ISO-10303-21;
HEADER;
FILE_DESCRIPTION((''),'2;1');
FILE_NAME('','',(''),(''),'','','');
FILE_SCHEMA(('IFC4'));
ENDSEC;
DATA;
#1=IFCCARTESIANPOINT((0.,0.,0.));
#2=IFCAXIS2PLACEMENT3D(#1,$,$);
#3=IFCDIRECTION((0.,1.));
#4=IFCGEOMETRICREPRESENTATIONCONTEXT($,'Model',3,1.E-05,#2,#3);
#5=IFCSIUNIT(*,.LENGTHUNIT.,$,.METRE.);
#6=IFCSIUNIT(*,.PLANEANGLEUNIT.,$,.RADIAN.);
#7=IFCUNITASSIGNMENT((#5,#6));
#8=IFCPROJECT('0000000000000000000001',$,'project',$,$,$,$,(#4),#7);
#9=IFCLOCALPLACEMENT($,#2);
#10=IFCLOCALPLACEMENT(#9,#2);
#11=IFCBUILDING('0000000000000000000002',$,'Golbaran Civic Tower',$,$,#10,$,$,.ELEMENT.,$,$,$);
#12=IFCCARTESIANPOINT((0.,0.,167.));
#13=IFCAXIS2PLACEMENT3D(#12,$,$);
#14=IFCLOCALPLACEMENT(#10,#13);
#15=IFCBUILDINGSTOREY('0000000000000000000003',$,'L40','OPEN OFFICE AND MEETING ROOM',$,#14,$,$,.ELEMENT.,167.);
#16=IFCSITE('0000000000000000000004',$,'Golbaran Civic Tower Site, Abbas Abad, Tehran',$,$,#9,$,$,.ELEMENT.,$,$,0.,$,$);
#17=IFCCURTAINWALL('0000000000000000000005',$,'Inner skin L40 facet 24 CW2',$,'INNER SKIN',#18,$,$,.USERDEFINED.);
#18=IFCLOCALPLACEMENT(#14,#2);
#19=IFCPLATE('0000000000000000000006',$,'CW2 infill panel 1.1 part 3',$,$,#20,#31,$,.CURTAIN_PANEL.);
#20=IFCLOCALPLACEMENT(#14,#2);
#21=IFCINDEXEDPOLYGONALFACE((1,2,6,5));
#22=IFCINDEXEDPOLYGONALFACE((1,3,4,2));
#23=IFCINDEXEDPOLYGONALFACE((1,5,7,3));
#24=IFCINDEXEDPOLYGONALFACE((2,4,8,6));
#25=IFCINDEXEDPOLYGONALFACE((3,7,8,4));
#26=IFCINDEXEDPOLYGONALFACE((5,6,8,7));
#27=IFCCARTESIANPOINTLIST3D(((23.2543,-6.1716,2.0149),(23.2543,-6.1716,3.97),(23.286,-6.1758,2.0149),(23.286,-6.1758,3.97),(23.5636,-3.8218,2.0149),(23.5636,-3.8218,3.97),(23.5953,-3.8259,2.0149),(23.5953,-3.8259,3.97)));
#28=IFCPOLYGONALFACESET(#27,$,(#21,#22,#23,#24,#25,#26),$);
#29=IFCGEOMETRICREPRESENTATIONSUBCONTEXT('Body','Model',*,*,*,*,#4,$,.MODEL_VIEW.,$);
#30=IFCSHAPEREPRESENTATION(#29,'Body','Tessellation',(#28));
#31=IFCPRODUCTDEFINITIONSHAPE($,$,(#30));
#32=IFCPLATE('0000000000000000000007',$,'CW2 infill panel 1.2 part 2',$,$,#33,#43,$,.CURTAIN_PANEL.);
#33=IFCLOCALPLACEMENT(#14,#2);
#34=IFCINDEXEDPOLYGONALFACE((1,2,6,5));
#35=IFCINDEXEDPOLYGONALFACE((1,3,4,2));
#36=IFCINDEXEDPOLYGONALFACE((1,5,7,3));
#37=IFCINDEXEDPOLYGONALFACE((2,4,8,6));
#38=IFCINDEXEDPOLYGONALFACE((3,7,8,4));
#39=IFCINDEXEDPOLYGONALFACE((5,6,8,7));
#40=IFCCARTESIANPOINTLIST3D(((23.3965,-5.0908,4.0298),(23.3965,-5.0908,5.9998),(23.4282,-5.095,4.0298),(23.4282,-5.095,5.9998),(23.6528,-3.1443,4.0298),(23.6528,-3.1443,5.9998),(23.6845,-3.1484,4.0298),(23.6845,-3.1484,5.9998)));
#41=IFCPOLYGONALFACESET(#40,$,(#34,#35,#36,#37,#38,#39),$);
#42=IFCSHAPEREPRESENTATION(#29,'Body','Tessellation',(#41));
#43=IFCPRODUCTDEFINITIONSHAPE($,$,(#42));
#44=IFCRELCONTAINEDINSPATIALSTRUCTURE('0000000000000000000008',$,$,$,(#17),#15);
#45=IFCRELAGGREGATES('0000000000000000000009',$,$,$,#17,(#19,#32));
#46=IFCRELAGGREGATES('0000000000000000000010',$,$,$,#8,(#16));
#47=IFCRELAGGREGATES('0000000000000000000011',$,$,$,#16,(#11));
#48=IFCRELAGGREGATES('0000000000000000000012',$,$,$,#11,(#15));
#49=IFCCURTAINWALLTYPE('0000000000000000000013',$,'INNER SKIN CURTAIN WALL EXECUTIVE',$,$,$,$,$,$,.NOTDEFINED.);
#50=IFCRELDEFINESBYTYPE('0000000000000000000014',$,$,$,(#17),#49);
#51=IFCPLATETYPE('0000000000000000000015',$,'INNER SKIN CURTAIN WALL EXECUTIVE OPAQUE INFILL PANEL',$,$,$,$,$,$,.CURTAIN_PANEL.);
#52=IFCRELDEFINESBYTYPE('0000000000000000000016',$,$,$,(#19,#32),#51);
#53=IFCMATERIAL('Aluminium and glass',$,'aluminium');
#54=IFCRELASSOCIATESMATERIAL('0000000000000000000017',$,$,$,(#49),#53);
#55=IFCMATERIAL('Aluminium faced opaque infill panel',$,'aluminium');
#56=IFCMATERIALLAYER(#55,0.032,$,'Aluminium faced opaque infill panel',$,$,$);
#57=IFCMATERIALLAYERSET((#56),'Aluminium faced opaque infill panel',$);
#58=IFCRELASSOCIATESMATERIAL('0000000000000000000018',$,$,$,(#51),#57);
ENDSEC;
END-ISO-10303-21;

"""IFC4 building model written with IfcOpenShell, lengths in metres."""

from ifc_helpers import new_model, si_unit, direction, frame, origin, origin_2d, place, context, subcontext, project, spatial, rectangle, extrude, material, layer, layer_set, type_object, element, aggregate, save


model = new_model("IFC4")

# Units and contexts
model_context = context("Model", 3, precision=1e-05, world=origin(), true_north=direction((0.0, 1.0)))
body_context = subcontext(model_context, "Body", "Model", "MODEL_VIEW")
ifc_project = project(units=[si_unit("LENGTHUNIT", "METRE"), si_unit("PLANEANGLEUNIT", "RADIAN")], contexts=[model_context])

# Site, building, storey
site_placement = place(None, origin())
site = spatial("IfcSite", under=ifc_project, at=site_placement, Name="Golbaran Civic Tower Site, Abbas Abad, Tehran", CompositionType="ELEMENT", RefElevation=0.0)
building_placement = place(site_placement, origin())
building = spatial("IfcBuilding", under=site, at=building_placement, Name="Golbaran Civic Tower", CompositionType="ELEMENT")
storey_placement = place(building_placement, frame((0.0, 0.0, 167.0)))
storey = spatial("IfcBuildingStorey", under=building, at=storey_placement, Name="L40", Description="OPEN OFFICE AND MEETING ROOM", CompositionType="ELEMENT", Elevation=167.0)

# Shared definitions
ifc_material_1 = material(Name="Aluminium and glass", Category="aluminium")
curtain_wall_type = type_object("IfcCurtainWallType", Name="INNER SKIN CURTAIN WALL EXECUTIVE", PredefinedType="NOTDEFINED", material=ifc_material_1)

# Curtain wall
curtain_wall_1_placement = place(storey_placement, origin())
curtain_wall_1 = element("IfcCurtainWall", 1, at=curtain_wall_1_placement, inside=storey, type_object=curtain_wall_type, Name="Inner skin L40 facet 24 CW2", ObjectType="INNER SKIN", PredefinedType="USERDEFINED")

# Plates
ifc_material_2 = material(Name="Aluminium faced opaque infill panel", Category="aluminium")
ifc_layer_1 = layer(ifc_material_2, 0.032, Name="Aluminium faced opaque infill panel")
ifc_layer_set_1 = layer_set([ifc_layer_1], Name="Aluminium faced opaque infill panel")
plate_type_1 = type_object("IfcPlateType", Name="INNER SKIN CURTAIN WALL EXECUTIVE OPAQUE INFILL PANEL", PredefinedType="CURTAIN_PANEL", material=ifc_layer_set_1)
plate_1_placement = place(storey_placement, frame((23.4248, -4.9988, 2.0149), z_axis=(0.0, 0.0, 1.0), x_axis=(0.130526, 0.991445, 0.0)))
plate_1 = element("IfcPlate", 2, at=plate_1_placement, type_object=plate_type_1, Name="CW2 infill panel 1.1 part 3", PredefinedType="CURTAIN_PANEL", context=body_context, shape_type="SweptSolid", body=[
    extrude(rectangle(XDim=2.3701, YDim=0.032, at=origin_2d()), origin(), (0.0, 0.0, 1.0), 1.9551),
])
plate_2_placement = place(storey_placement, frame((23.5405, -4.1196, 4.0298), z_axis=(0.0, 0.0, 1.0), x_axis=(0.130526, 0.991445, 0.0)))
plate_2 = element("IfcPlate", 3, at=plate_2_placement, type_object=plate_type_1, Name="CW2 infill panel 1.2 part 2", PredefinedType="CURTAIN_PANEL", context=body_context, shape_type="SweptSolid", body=[
    extrude(rectangle(XDim=1.9634, YDim=0.032, at=origin_2d()), origin(), (0.0, 0.0, 1.0), 1.97),
])
aggregate(curtain_wall_1, [plate_1, plate_2])

save(model, "model.ifc")
